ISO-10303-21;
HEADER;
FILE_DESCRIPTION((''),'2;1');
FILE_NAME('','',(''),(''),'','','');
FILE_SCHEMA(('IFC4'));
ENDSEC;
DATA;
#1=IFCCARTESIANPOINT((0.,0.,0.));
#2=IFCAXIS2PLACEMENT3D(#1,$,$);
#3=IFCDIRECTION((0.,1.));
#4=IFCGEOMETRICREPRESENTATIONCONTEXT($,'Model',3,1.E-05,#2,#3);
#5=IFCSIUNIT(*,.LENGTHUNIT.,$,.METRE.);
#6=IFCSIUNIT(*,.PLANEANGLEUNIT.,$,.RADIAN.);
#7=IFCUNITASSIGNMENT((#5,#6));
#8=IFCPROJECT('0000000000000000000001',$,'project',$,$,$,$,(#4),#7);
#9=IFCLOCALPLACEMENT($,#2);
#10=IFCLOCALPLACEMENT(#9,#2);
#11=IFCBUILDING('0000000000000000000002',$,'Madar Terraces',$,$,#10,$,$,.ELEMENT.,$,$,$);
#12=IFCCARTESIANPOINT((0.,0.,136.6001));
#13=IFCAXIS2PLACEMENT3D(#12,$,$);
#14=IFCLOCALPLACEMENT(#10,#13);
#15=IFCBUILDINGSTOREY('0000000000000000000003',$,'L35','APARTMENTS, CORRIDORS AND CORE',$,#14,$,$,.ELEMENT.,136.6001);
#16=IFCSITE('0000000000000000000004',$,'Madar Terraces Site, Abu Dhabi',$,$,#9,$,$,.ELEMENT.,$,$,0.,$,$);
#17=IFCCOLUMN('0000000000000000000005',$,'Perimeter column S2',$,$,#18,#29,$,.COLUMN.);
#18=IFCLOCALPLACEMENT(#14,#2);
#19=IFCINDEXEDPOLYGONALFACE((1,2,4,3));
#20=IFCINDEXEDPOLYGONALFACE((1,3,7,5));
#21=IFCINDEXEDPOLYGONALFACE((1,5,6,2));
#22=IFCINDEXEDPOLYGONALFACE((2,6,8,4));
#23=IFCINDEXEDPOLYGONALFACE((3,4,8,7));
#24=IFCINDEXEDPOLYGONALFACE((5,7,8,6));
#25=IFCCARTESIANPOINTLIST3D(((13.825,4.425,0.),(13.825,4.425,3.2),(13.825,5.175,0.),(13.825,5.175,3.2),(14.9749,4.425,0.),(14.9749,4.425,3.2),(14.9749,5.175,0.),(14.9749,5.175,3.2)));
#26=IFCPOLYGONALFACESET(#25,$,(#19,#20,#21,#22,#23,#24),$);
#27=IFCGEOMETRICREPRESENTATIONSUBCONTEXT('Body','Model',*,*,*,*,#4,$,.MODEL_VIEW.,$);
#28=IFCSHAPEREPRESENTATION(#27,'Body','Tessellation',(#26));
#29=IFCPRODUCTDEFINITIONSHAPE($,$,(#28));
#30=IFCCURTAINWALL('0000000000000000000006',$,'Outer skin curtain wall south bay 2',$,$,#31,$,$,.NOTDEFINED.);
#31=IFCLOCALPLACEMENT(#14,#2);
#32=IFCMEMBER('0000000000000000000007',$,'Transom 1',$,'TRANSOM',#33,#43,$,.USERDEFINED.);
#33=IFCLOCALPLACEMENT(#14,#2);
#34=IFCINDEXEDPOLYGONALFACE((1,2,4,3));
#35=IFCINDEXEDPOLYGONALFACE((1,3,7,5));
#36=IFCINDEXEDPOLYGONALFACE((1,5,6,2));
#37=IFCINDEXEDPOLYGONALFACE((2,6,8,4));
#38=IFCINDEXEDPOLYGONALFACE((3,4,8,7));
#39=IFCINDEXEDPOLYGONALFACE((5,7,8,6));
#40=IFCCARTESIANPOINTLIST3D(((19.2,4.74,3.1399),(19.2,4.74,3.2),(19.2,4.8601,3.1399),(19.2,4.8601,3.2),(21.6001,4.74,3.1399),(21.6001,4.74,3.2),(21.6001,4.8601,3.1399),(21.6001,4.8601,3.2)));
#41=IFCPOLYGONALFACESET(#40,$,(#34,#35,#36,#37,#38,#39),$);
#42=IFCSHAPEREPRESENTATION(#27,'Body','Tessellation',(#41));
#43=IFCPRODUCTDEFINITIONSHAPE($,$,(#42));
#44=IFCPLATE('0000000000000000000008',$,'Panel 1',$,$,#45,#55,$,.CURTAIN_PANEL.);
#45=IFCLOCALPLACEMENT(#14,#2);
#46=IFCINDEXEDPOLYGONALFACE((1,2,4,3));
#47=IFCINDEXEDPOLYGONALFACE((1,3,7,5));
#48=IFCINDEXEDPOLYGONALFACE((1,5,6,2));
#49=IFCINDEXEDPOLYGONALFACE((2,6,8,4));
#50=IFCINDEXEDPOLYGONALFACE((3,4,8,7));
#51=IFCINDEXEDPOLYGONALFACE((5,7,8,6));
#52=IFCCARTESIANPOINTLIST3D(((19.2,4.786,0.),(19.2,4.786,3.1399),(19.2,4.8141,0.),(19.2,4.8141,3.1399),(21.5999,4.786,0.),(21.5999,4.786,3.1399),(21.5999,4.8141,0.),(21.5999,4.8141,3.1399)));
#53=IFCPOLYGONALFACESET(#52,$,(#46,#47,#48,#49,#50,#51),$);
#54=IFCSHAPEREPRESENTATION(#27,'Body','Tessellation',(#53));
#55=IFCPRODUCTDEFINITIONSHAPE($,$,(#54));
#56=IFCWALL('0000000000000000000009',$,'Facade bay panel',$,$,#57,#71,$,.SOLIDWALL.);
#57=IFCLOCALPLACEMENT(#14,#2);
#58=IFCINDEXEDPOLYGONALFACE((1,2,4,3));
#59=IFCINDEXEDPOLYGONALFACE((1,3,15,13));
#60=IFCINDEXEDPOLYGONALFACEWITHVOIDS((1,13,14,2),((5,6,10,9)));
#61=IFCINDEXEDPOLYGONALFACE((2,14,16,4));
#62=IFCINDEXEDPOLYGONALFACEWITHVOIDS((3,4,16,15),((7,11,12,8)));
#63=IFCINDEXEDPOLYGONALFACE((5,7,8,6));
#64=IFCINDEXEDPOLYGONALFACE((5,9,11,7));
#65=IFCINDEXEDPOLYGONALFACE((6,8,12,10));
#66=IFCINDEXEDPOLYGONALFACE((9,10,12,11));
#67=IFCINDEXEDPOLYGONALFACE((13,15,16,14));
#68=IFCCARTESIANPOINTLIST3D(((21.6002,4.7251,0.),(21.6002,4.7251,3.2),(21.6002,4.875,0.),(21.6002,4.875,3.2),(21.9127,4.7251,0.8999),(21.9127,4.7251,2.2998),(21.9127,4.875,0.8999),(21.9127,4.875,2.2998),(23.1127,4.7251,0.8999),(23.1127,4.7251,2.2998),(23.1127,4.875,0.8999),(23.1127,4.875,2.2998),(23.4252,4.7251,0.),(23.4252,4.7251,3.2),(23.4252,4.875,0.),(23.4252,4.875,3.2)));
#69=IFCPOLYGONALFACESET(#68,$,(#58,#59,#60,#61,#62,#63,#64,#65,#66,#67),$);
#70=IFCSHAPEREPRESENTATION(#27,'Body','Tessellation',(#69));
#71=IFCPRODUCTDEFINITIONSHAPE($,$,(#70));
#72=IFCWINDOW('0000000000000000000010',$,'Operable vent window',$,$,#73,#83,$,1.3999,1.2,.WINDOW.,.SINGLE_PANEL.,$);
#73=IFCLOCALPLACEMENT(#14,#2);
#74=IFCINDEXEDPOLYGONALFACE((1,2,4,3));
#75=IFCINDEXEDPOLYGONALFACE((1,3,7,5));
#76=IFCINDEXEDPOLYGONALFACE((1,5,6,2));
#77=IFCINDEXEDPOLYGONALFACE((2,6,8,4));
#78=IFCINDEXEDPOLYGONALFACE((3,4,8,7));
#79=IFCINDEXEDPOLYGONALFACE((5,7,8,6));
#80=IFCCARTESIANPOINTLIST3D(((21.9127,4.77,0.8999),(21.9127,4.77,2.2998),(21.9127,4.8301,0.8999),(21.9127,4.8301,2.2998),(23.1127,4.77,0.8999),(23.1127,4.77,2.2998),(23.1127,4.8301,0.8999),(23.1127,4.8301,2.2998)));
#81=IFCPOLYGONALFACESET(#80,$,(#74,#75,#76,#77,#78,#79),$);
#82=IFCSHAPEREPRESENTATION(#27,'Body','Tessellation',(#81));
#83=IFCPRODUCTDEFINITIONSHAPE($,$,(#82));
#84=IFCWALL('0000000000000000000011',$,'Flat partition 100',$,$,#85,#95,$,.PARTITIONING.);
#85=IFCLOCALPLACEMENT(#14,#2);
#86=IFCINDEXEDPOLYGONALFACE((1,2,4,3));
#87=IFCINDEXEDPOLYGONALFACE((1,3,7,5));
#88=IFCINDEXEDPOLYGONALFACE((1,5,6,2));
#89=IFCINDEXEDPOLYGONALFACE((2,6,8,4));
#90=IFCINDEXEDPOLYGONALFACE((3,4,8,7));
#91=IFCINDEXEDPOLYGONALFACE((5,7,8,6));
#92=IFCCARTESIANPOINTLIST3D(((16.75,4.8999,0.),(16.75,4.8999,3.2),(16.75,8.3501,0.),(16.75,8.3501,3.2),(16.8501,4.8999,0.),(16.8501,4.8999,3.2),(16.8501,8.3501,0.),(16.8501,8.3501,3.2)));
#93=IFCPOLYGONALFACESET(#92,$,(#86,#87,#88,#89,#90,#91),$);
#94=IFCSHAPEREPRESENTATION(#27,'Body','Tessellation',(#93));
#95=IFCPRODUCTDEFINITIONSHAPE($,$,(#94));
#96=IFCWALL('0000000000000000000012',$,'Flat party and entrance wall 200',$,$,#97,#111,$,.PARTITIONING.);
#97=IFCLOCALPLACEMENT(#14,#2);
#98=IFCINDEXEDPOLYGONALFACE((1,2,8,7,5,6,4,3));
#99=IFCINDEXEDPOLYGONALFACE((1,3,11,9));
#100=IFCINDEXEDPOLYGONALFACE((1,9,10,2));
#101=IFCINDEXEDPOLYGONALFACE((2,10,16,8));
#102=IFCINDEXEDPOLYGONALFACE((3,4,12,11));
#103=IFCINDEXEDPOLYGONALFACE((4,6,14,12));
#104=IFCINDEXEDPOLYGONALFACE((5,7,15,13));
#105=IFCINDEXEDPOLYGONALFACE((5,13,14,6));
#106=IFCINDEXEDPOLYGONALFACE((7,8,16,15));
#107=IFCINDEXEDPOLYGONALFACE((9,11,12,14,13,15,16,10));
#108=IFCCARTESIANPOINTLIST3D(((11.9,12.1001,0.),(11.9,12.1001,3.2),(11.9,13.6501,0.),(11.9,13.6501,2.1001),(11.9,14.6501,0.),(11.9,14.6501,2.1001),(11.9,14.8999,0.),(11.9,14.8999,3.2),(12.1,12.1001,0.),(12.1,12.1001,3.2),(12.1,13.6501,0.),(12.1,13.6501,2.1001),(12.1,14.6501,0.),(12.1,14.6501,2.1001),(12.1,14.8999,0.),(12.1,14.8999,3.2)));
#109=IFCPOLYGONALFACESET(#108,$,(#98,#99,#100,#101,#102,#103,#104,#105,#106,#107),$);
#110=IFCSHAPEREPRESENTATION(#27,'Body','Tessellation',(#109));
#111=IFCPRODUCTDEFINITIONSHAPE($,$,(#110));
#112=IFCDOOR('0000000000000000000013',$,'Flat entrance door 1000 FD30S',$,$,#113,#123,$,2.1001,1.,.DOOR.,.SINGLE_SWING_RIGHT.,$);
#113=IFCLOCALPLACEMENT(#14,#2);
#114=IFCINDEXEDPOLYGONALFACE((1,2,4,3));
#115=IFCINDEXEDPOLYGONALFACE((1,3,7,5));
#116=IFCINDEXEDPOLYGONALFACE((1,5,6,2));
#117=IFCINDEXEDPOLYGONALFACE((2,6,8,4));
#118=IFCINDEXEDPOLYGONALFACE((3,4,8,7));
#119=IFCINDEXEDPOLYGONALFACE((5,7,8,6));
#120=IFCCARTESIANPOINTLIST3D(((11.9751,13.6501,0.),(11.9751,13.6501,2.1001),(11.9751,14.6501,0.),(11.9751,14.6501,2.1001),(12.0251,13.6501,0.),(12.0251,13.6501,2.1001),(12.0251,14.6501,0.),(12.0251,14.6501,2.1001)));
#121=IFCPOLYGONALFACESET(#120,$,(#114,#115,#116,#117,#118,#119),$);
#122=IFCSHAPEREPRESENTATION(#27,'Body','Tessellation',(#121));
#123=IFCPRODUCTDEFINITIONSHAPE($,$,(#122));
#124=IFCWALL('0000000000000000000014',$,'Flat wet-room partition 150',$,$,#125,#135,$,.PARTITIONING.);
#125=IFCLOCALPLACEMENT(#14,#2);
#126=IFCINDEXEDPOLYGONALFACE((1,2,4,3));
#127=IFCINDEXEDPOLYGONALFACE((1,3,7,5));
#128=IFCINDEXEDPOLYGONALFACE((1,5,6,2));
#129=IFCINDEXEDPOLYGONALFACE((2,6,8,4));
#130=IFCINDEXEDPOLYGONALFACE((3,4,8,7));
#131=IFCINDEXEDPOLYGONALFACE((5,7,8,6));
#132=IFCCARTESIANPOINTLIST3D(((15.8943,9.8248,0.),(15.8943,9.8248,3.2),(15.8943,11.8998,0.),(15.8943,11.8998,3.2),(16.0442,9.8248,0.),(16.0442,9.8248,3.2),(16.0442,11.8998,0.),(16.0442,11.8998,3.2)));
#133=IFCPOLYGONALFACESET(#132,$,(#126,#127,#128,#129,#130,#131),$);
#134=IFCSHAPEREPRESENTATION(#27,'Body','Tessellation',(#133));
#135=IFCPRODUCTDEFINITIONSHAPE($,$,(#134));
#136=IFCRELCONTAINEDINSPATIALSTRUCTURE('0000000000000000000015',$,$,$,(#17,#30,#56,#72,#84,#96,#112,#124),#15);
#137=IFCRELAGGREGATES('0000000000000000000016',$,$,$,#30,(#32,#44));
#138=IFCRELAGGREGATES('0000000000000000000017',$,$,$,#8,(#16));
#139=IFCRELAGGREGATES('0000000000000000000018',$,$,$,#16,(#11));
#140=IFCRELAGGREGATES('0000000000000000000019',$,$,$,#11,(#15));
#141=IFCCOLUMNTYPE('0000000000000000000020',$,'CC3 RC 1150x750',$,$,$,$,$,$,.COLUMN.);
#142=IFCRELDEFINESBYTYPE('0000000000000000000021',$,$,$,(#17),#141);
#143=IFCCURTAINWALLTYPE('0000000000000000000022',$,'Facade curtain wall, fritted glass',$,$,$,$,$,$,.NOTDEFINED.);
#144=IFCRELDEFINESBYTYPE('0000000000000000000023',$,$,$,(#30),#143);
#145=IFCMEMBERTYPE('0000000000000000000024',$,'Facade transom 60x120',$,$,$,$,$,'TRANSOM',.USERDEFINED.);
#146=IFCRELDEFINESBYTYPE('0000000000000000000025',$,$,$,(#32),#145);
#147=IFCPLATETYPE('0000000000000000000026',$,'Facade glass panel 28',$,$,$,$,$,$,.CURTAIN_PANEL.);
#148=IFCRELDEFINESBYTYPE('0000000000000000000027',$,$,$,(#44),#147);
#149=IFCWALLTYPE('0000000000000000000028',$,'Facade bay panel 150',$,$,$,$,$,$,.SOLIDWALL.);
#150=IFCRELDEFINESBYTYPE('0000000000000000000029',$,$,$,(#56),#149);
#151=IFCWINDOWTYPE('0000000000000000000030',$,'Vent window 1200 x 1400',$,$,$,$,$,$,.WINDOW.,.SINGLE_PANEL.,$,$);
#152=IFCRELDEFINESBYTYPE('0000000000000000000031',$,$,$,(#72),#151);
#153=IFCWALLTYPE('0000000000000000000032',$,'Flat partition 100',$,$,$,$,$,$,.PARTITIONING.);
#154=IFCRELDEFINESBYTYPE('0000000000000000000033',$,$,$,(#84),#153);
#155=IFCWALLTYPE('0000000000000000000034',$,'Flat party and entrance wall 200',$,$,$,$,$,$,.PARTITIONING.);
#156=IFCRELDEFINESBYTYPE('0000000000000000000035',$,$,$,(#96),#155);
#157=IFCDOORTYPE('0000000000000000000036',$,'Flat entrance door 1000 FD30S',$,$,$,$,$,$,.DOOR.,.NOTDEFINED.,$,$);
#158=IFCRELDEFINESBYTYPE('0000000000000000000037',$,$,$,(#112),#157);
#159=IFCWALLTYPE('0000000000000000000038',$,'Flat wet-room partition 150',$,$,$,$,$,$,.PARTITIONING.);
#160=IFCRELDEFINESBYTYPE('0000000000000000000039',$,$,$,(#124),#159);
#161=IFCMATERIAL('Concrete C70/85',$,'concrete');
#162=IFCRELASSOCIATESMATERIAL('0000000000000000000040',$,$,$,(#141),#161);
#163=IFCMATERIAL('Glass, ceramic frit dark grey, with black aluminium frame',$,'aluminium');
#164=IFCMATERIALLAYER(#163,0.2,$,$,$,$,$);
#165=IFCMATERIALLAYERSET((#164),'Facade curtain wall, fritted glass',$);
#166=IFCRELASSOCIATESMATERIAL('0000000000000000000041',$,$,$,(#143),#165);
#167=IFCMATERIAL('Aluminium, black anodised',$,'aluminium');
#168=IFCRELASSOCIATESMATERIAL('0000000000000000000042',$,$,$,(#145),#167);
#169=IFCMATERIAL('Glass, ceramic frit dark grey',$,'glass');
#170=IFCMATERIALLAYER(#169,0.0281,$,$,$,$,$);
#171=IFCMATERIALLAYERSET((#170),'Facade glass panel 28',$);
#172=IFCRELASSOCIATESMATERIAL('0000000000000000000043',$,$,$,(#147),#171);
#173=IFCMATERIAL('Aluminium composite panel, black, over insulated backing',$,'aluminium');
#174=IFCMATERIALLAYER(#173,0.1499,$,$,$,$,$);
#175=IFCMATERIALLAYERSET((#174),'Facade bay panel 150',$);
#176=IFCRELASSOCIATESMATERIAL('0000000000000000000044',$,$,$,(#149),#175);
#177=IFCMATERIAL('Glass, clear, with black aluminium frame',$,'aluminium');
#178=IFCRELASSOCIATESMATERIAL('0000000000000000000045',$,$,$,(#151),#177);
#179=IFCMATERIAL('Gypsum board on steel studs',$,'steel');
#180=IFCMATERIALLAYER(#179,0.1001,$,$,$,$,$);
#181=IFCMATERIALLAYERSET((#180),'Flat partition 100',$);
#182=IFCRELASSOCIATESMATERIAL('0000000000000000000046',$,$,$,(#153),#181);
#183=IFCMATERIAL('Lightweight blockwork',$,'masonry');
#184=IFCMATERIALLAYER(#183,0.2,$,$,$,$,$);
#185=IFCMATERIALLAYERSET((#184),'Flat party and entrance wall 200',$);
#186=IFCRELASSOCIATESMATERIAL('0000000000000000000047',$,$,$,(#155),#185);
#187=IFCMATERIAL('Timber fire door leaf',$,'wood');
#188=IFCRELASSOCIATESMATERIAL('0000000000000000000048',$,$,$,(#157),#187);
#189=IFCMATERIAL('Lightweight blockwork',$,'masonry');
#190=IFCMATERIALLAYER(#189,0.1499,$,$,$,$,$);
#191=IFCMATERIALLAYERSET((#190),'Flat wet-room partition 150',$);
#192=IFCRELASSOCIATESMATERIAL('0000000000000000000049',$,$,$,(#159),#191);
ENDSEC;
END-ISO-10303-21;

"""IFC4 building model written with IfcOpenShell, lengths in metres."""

from ifc_helpers import new_model, si_unit, direction, frame, frame_2d, origin, origin_2d, place, context, subcontext, project, spatial, rectangle, extrude, material, layer, layer_set, material_profile, profile_set, type_object, element, fill, aggregate, save


model = new_model("IFC4")

# Units and contexts
model_context = context("Model", 3, precision=1e-05, world=origin(), true_north=direction((0.0, 1.0)))
body_context = subcontext(model_context, "Body", "Model", "MODEL_VIEW")
ifc_project = project(units=[si_unit("LENGTHUNIT", "METRE"), si_unit("PLANEANGLEUNIT", "RADIAN")], contexts=[model_context])

# Site, building, storey
site_placement = place(None, origin())
site = spatial("IfcSite", under=ifc_project, at=site_placement, Name="Madar Terraces Site, Abu Dhabi", CompositionType="ELEMENT", RefElevation=0.0)
building_placement = place(site_placement, origin())
building = spatial("IfcBuilding", under=site, at=building_placement, Name="Madar Terraces", CompositionType="ELEMENT")
storey_placement = place(building_placement, frame((0.0, 0.0, 136.6001)))
storey = spatial("IfcBuildingStorey", under=building, at=storey_placement, Name="L35", Description="APARTMENTS, CORRIDORS AND CORE", CompositionType="ELEMENT", Elevation=136.6001)

# Column
ifc_material_1 = material(Name="Concrete C70/85", Category="concrete")
ifc_material_profile_1 = material_profile(ifc_material_1, rectangle(XDim=1.1499, YDim=0.75, at=origin_2d()), Name="CC3 RC 1150x750")
ifc_profile_set_1 = profile_set([ifc_material_profile_1], Name="Concrete C70/85")
column_type = type_object("IfcColumnType", Name="CC3 RC 1150x750", PredefinedType="COLUMN", material=ifc_profile_set_1)
column_placement = place(storey_placement, frame((14.3999, 4.8, 0.0), z_axis=(0.0, 0.0, 1.0), x_axis=(1.0, 0.0, 0.0)))
element("IfcColumn", 1, at=column_placement, inside=storey, type_object=column_type, Name="Perimeter column S2", PredefinedType="COLUMN", context=body_context, shape_type="SweptSolid", body=[
    extrude(rectangle(XDim=1.1499, YDim=0.75, at=origin_2d()), origin(), (0.0, 0.0, 1.0), 3.2),
])

# Curtain wall, member, plate
ifc_material_2 = material(Name="Glass, ceramic frit dark grey, with black aluminium frame", Category="aluminium")
ifc_layer_1 = layer(ifc_material_2, 0.2)
ifc_layer_set_1 = layer_set([ifc_layer_1], Name="Facade curtain wall, fritted glass")
curtain_wall_type = type_object("IfcCurtainWallType", Name="Facade curtain wall, fritted glass", PredefinedType="NOTDEFINED", material=ifc_layer_set_1)
curtain_wall_placement = place(storey_placement, origin())
curtain_wall = element("IfcCurtainWall", 2, at=curtain_wall_placement, inside=storey, type_object=curtain_wall_type, Name="Outer skin curtain wall south bay 2", PredefinedType="NOTDEFINED")
ifc_material_3 = material(Name="Aluminium, black anodised", Category="aluminium")
ifc_material_profile_2 = material_profile(ifc_material_3, rectangle(XDim=0.1201, YDim=0.0601, at=origin_2d()), Name="Facade transom 60x120")
ifc_profile_set_2 = profile_set([ifc_material_profile_2], Name="Aluminium, black anodised")
member_type = type_object("IfcMemberType", Name="Facade transom 60x120", ElementType="TRANSOM", PredefinedType="USERDEFINED", material=ifc_profile_set_2)
member_placement = place(storey_placement, frame((19.2, 4.8, 3.1699), z_axis=(1.0, 0.0, 0.0), x_axis=(0.0, 1.0, 0.0)))
member = element("IfcMember", 3, at=member_placement, type_object=member_type, Name="Transom 1", ObjectType="TRANSOM", PredefinedType="USERDEFINED", context=body_context, shape_type="SweptSolid", body=[
    extrude(rectangle(XDim=0.1201, YDim=0.0601, at=origin_2d()), origin(), (0.0, 0.0, 1.0), 2.4001),
])
ifc_material_4 = material(Name="Glass, ceramic frit dark grey", Category="glass")
ifc_layer_2 = layer(ifc_material_4, 0.0281)
ifc_layer_set_2 = layer_set([ifc_layer_2], Name="Facade glass panel 28")
plate_type = type_object("IfcPlateType", Name="Facade glass panel 28", PredefinedType="CURTAIN_PANEL", material=ifc_layer_set_2)
plate_placement = place(storey_placement, frame((20.3999, 4.8, 0.0), z_axis=(0.0, 0.0, 1.0), x_axis=(1.0, 0.0, 0.0)))
plate = element("IfcPlate", 4, at=plate_placement, type_object=plate_type, Name="Panel 1", PredefinedType="CURTAIN_PANEL", context=body_context, shape_type="SweptSolid", body=[
    extrude(rectangle(XDim=2.3999, YDim=0.0281, at=origin_2d()), origin(), (0.0, 0.0, 1.0), 3.1399),
])
aggregate(curtain_wall, [member, plate])

# Shared definitions
ifc_material_5 = material(Name="Aluminium composite panel, black, over insulated backing", Category="aluminium")
ifc_layer_3 = layer(ifc_material_5, 0.1499)
ifc_layer_set_3 = layer_set([ifc_layer_3], Name="Facade bay panel 150")
wall_type_1 = type_object("IfcWallType", Name="Facade bay panel 150", PredefinedType="SOLIDWALL", material=ifc_layer_set_3)
ifc_material_6 = material(Name="Glass, clear, with black aluminium frame", Category="aluminium")
window_type = type_object("IfcWindowType", Name="Vent window 1200 x 1400", PartitioningType="SINGLE_PANEL", PredefinedType="WINDOW", material=ifc_material_6)

# Wall, opening, window
wall_1_placement = place(storey_placement, frame((21.6001, 4.8, 0.0), z_axis=(0.0, 0.0, 1.0), x_axis=(1.0, 0.0, 0.0)))
wall_1 = element("IfcWall", 5, at=wall_1_placement, inside=storey, type_object=wall_type_1, Name="Facade bay panel", PredefinedType="SOLIDWALL", context=body_context, shape_type="SweptSolid", body=[
    extrude(rectangle(XDim=1.825, YDim=0.1499, at=frame_2d((0.9126, 0.0))), origin(), (0.0, 0.0, 1.0), 3.2),
])
opening_1_placement = place(wall_1_placement, frame((0.3125, 0.0, 0.8999)))
opening_1 = element("IfcOpeningElement", 6, at=opening_1_placement, cuts=wall_1, PredefinedType="OPENING", context=body_context, shape_type="SweptSolid", body=[
    extrude(rectangle(XDim=1.2, YDim=1.3999, at=frame_2d((0.6001, 0.7))), frame((0.0, 0.085, 0.0), z_axis=(0.0, -1.0, 0.0), x_axis=(1.0, 0.0, 0.0)), (0.0, 0.0, 1.0), 0.1699),
])
window_1_placement = place(opening_1_placement, origin())
window_1 = element("IfcWindow", 7, at=window_1_placement, inside=storey, type_object=window_type, Name="Operable vent window", OverallHeight=1.3999, OverallWidth=1.2, PartitioningType="SINGLE_PANEL", PredefinedType="WINDOW", context=body_context, shape_type="SweptSolid", body=[
    extrude(rectangle(XDim=1.2, YDim=1.3999, at=frame_2d((0.6001, 0.7))), frame((0.0, 0.03, 0.0), z_axis=(0.0, -1.0, 0.0), x_axis=(1.0, 0.0, 0.0)), (0.0, 0.0, 1.0), 0.0601),
])
fill(opening_1, window_1)

# Wall
ifc_material_7 = material(Name="Gypsum board on steel studs", Category="steel")
ifc_layer_4 = layer(ifc_material_7, 0.1001)
ifc_layer_set_4 = layer_set([ifc_layer_4], Name="Flat partition 100")
wall_type_2 = type_object("IfcWallType", Name="Flat partition 100", PredefinedType="PARTITIONING", material=ifc_layer_set_4)
wall_2_placement = place(storey_placement, frame((16.8, 8.3501, 0.0), z_axis=(0.0, 0.0, 1.0), x_axis=(0.0, -1.0, 0.0)))
element("IfcWall", 8, at=wall_2_placement, inside=storey, type_object=wall_type_2, Name="Flat partition 100", PredefinedType="PARTITIONING", context=body_context, shape_type="SweptSolid", body=[
    extrude(rectangle(XDim=3.4502, YDim=0.1001, at=frame_2d((1.7251, 0.0))), origin(), (0.0, 0.0, 1.0), 3.2),
])

# Wall, opening, door
ifc_material_8 = material(Name="Lightweight blockwork", Category="masonry")
ifc_layer_5 = layer(ifc_material_8, 0.2)
ifc_layer_set_5 = layer_set([ifc_layer_5], Name="Flat party and entrance wall 200")
wall_type_3 = type_object("IfcWallType", Name="Flat party and entrance wall 200", PredefinedType="PARTITIONING", material=ifc_layer_set_5)
wall_3_placement = place(storey_placement, frame((12.0, 12.1001, 0.0), z_axis=(0.0, 0.0, 1.0), x_axis=(0.0, 1.0, 0.0)))
wall_3 = element("IfcWall", 9, at=wall_3_placement, inside=storey, type_object=wall_type_3, Name="Flat party and entrance wall 200", PredefinedType="PARTITIONING", context=body_context, shape_type="SweptSolid", body=[
    extrude(rectangle(XDim=2.7998, YDim=0.2, at=frame_2d((1.3999, 0.0))), origin(), (0.0, 0.0, 1.0), 3.2),
])
opening_2_placement = place(wall_3_placement, frame((1.55, 0.0, 0.0)))
opening_2 = element("IfcOpeningElement", 10, at=opening_2_placement, cuts=wall_3, PredefinedType="OPENING", context=body_context, shape_type="SweptSolid", body=[
    extrude(rectangle(XDim=1.0, YDim=2.1001, at=frame_2d((0.5, 1.05))), frame((0.0, 0.1099, 0.0), z_axis=(0.0, -1.0, 0.0), x_axis=(1.0, 0.0, 0.0)), (0.0, 0.0, 1.0), 0.22),
])
ifc_material_9 = material(Name="Timber fire door leaf", Category="wood")
door_type_1 = type_object("IfcDoorType", Name="Flat entrance door 1000 FD30S", OperationType="NOTDEFINED", PredefinedType="DOOR", material=ifc_material_9)
door_1_placement = place(opening_2_placement, origin())
door_1 = element("IfcDoor", 11, at=door_1_placement, inside=storey, type_object=door_type_1, Name="Flat entrance door 1000 FD30S", OperationType="SINGLE_SWING_RIGHT", OverallHeight=2.1001, OverallWidth=1.0, PredefinedType="DOOR", context=body_context, shape_type="SweptSolid", body=[
    extrude(rectangle(XDim=1.0, YDim=2.1001, at=frame_2d((0.5, 1.05))), frame((0.0, 0.0249, 0.0), z_axis=(0.0, -1.0, 0.0), x_axis=(1.0, 0.0, 0.0)), (0.0, 0.0, 1.0), 0.05),
])
fill(opening_2, door_1)

# Wall
ifc_material_10 = material(Name="Lightweight blockwork", Category="masonry")
ifc_layer_6 = layer(ifc_material_10, 0.1499)
ifc_layer_set_6 = layer_set([ifc_layer_6], Name="Flat wet-room partition 150")
wall_type_4 = type_object("IfcWallType", Name="Flat wet-room partition 150", PredefinedType="PARTITIONING", material=ifc_layer_set_6)
wall_4_placement = place(storey_placement, frame((15.9692, 11.8999, 0.0), z_axis=(0.0, 0.0, 1.0), x_axis=(0.0, -1.0, 0.0)))
element("IfcWall", 12, at=wall_4_placement, inside=storey, type_object=wall_type_4, Name="Flat wet-room partition 150", PredefinedType="PARTITIONING", context=body_context, shape_type="SweptSolid", body=[
    extrude(rectangle(XDim=2.075, YDim=0.1499, at=frame_2d((1.0376, 0.0))), origin(), (0.0, 0.0, 1.0), 3.2),
])

save(model, "model.ifc")
